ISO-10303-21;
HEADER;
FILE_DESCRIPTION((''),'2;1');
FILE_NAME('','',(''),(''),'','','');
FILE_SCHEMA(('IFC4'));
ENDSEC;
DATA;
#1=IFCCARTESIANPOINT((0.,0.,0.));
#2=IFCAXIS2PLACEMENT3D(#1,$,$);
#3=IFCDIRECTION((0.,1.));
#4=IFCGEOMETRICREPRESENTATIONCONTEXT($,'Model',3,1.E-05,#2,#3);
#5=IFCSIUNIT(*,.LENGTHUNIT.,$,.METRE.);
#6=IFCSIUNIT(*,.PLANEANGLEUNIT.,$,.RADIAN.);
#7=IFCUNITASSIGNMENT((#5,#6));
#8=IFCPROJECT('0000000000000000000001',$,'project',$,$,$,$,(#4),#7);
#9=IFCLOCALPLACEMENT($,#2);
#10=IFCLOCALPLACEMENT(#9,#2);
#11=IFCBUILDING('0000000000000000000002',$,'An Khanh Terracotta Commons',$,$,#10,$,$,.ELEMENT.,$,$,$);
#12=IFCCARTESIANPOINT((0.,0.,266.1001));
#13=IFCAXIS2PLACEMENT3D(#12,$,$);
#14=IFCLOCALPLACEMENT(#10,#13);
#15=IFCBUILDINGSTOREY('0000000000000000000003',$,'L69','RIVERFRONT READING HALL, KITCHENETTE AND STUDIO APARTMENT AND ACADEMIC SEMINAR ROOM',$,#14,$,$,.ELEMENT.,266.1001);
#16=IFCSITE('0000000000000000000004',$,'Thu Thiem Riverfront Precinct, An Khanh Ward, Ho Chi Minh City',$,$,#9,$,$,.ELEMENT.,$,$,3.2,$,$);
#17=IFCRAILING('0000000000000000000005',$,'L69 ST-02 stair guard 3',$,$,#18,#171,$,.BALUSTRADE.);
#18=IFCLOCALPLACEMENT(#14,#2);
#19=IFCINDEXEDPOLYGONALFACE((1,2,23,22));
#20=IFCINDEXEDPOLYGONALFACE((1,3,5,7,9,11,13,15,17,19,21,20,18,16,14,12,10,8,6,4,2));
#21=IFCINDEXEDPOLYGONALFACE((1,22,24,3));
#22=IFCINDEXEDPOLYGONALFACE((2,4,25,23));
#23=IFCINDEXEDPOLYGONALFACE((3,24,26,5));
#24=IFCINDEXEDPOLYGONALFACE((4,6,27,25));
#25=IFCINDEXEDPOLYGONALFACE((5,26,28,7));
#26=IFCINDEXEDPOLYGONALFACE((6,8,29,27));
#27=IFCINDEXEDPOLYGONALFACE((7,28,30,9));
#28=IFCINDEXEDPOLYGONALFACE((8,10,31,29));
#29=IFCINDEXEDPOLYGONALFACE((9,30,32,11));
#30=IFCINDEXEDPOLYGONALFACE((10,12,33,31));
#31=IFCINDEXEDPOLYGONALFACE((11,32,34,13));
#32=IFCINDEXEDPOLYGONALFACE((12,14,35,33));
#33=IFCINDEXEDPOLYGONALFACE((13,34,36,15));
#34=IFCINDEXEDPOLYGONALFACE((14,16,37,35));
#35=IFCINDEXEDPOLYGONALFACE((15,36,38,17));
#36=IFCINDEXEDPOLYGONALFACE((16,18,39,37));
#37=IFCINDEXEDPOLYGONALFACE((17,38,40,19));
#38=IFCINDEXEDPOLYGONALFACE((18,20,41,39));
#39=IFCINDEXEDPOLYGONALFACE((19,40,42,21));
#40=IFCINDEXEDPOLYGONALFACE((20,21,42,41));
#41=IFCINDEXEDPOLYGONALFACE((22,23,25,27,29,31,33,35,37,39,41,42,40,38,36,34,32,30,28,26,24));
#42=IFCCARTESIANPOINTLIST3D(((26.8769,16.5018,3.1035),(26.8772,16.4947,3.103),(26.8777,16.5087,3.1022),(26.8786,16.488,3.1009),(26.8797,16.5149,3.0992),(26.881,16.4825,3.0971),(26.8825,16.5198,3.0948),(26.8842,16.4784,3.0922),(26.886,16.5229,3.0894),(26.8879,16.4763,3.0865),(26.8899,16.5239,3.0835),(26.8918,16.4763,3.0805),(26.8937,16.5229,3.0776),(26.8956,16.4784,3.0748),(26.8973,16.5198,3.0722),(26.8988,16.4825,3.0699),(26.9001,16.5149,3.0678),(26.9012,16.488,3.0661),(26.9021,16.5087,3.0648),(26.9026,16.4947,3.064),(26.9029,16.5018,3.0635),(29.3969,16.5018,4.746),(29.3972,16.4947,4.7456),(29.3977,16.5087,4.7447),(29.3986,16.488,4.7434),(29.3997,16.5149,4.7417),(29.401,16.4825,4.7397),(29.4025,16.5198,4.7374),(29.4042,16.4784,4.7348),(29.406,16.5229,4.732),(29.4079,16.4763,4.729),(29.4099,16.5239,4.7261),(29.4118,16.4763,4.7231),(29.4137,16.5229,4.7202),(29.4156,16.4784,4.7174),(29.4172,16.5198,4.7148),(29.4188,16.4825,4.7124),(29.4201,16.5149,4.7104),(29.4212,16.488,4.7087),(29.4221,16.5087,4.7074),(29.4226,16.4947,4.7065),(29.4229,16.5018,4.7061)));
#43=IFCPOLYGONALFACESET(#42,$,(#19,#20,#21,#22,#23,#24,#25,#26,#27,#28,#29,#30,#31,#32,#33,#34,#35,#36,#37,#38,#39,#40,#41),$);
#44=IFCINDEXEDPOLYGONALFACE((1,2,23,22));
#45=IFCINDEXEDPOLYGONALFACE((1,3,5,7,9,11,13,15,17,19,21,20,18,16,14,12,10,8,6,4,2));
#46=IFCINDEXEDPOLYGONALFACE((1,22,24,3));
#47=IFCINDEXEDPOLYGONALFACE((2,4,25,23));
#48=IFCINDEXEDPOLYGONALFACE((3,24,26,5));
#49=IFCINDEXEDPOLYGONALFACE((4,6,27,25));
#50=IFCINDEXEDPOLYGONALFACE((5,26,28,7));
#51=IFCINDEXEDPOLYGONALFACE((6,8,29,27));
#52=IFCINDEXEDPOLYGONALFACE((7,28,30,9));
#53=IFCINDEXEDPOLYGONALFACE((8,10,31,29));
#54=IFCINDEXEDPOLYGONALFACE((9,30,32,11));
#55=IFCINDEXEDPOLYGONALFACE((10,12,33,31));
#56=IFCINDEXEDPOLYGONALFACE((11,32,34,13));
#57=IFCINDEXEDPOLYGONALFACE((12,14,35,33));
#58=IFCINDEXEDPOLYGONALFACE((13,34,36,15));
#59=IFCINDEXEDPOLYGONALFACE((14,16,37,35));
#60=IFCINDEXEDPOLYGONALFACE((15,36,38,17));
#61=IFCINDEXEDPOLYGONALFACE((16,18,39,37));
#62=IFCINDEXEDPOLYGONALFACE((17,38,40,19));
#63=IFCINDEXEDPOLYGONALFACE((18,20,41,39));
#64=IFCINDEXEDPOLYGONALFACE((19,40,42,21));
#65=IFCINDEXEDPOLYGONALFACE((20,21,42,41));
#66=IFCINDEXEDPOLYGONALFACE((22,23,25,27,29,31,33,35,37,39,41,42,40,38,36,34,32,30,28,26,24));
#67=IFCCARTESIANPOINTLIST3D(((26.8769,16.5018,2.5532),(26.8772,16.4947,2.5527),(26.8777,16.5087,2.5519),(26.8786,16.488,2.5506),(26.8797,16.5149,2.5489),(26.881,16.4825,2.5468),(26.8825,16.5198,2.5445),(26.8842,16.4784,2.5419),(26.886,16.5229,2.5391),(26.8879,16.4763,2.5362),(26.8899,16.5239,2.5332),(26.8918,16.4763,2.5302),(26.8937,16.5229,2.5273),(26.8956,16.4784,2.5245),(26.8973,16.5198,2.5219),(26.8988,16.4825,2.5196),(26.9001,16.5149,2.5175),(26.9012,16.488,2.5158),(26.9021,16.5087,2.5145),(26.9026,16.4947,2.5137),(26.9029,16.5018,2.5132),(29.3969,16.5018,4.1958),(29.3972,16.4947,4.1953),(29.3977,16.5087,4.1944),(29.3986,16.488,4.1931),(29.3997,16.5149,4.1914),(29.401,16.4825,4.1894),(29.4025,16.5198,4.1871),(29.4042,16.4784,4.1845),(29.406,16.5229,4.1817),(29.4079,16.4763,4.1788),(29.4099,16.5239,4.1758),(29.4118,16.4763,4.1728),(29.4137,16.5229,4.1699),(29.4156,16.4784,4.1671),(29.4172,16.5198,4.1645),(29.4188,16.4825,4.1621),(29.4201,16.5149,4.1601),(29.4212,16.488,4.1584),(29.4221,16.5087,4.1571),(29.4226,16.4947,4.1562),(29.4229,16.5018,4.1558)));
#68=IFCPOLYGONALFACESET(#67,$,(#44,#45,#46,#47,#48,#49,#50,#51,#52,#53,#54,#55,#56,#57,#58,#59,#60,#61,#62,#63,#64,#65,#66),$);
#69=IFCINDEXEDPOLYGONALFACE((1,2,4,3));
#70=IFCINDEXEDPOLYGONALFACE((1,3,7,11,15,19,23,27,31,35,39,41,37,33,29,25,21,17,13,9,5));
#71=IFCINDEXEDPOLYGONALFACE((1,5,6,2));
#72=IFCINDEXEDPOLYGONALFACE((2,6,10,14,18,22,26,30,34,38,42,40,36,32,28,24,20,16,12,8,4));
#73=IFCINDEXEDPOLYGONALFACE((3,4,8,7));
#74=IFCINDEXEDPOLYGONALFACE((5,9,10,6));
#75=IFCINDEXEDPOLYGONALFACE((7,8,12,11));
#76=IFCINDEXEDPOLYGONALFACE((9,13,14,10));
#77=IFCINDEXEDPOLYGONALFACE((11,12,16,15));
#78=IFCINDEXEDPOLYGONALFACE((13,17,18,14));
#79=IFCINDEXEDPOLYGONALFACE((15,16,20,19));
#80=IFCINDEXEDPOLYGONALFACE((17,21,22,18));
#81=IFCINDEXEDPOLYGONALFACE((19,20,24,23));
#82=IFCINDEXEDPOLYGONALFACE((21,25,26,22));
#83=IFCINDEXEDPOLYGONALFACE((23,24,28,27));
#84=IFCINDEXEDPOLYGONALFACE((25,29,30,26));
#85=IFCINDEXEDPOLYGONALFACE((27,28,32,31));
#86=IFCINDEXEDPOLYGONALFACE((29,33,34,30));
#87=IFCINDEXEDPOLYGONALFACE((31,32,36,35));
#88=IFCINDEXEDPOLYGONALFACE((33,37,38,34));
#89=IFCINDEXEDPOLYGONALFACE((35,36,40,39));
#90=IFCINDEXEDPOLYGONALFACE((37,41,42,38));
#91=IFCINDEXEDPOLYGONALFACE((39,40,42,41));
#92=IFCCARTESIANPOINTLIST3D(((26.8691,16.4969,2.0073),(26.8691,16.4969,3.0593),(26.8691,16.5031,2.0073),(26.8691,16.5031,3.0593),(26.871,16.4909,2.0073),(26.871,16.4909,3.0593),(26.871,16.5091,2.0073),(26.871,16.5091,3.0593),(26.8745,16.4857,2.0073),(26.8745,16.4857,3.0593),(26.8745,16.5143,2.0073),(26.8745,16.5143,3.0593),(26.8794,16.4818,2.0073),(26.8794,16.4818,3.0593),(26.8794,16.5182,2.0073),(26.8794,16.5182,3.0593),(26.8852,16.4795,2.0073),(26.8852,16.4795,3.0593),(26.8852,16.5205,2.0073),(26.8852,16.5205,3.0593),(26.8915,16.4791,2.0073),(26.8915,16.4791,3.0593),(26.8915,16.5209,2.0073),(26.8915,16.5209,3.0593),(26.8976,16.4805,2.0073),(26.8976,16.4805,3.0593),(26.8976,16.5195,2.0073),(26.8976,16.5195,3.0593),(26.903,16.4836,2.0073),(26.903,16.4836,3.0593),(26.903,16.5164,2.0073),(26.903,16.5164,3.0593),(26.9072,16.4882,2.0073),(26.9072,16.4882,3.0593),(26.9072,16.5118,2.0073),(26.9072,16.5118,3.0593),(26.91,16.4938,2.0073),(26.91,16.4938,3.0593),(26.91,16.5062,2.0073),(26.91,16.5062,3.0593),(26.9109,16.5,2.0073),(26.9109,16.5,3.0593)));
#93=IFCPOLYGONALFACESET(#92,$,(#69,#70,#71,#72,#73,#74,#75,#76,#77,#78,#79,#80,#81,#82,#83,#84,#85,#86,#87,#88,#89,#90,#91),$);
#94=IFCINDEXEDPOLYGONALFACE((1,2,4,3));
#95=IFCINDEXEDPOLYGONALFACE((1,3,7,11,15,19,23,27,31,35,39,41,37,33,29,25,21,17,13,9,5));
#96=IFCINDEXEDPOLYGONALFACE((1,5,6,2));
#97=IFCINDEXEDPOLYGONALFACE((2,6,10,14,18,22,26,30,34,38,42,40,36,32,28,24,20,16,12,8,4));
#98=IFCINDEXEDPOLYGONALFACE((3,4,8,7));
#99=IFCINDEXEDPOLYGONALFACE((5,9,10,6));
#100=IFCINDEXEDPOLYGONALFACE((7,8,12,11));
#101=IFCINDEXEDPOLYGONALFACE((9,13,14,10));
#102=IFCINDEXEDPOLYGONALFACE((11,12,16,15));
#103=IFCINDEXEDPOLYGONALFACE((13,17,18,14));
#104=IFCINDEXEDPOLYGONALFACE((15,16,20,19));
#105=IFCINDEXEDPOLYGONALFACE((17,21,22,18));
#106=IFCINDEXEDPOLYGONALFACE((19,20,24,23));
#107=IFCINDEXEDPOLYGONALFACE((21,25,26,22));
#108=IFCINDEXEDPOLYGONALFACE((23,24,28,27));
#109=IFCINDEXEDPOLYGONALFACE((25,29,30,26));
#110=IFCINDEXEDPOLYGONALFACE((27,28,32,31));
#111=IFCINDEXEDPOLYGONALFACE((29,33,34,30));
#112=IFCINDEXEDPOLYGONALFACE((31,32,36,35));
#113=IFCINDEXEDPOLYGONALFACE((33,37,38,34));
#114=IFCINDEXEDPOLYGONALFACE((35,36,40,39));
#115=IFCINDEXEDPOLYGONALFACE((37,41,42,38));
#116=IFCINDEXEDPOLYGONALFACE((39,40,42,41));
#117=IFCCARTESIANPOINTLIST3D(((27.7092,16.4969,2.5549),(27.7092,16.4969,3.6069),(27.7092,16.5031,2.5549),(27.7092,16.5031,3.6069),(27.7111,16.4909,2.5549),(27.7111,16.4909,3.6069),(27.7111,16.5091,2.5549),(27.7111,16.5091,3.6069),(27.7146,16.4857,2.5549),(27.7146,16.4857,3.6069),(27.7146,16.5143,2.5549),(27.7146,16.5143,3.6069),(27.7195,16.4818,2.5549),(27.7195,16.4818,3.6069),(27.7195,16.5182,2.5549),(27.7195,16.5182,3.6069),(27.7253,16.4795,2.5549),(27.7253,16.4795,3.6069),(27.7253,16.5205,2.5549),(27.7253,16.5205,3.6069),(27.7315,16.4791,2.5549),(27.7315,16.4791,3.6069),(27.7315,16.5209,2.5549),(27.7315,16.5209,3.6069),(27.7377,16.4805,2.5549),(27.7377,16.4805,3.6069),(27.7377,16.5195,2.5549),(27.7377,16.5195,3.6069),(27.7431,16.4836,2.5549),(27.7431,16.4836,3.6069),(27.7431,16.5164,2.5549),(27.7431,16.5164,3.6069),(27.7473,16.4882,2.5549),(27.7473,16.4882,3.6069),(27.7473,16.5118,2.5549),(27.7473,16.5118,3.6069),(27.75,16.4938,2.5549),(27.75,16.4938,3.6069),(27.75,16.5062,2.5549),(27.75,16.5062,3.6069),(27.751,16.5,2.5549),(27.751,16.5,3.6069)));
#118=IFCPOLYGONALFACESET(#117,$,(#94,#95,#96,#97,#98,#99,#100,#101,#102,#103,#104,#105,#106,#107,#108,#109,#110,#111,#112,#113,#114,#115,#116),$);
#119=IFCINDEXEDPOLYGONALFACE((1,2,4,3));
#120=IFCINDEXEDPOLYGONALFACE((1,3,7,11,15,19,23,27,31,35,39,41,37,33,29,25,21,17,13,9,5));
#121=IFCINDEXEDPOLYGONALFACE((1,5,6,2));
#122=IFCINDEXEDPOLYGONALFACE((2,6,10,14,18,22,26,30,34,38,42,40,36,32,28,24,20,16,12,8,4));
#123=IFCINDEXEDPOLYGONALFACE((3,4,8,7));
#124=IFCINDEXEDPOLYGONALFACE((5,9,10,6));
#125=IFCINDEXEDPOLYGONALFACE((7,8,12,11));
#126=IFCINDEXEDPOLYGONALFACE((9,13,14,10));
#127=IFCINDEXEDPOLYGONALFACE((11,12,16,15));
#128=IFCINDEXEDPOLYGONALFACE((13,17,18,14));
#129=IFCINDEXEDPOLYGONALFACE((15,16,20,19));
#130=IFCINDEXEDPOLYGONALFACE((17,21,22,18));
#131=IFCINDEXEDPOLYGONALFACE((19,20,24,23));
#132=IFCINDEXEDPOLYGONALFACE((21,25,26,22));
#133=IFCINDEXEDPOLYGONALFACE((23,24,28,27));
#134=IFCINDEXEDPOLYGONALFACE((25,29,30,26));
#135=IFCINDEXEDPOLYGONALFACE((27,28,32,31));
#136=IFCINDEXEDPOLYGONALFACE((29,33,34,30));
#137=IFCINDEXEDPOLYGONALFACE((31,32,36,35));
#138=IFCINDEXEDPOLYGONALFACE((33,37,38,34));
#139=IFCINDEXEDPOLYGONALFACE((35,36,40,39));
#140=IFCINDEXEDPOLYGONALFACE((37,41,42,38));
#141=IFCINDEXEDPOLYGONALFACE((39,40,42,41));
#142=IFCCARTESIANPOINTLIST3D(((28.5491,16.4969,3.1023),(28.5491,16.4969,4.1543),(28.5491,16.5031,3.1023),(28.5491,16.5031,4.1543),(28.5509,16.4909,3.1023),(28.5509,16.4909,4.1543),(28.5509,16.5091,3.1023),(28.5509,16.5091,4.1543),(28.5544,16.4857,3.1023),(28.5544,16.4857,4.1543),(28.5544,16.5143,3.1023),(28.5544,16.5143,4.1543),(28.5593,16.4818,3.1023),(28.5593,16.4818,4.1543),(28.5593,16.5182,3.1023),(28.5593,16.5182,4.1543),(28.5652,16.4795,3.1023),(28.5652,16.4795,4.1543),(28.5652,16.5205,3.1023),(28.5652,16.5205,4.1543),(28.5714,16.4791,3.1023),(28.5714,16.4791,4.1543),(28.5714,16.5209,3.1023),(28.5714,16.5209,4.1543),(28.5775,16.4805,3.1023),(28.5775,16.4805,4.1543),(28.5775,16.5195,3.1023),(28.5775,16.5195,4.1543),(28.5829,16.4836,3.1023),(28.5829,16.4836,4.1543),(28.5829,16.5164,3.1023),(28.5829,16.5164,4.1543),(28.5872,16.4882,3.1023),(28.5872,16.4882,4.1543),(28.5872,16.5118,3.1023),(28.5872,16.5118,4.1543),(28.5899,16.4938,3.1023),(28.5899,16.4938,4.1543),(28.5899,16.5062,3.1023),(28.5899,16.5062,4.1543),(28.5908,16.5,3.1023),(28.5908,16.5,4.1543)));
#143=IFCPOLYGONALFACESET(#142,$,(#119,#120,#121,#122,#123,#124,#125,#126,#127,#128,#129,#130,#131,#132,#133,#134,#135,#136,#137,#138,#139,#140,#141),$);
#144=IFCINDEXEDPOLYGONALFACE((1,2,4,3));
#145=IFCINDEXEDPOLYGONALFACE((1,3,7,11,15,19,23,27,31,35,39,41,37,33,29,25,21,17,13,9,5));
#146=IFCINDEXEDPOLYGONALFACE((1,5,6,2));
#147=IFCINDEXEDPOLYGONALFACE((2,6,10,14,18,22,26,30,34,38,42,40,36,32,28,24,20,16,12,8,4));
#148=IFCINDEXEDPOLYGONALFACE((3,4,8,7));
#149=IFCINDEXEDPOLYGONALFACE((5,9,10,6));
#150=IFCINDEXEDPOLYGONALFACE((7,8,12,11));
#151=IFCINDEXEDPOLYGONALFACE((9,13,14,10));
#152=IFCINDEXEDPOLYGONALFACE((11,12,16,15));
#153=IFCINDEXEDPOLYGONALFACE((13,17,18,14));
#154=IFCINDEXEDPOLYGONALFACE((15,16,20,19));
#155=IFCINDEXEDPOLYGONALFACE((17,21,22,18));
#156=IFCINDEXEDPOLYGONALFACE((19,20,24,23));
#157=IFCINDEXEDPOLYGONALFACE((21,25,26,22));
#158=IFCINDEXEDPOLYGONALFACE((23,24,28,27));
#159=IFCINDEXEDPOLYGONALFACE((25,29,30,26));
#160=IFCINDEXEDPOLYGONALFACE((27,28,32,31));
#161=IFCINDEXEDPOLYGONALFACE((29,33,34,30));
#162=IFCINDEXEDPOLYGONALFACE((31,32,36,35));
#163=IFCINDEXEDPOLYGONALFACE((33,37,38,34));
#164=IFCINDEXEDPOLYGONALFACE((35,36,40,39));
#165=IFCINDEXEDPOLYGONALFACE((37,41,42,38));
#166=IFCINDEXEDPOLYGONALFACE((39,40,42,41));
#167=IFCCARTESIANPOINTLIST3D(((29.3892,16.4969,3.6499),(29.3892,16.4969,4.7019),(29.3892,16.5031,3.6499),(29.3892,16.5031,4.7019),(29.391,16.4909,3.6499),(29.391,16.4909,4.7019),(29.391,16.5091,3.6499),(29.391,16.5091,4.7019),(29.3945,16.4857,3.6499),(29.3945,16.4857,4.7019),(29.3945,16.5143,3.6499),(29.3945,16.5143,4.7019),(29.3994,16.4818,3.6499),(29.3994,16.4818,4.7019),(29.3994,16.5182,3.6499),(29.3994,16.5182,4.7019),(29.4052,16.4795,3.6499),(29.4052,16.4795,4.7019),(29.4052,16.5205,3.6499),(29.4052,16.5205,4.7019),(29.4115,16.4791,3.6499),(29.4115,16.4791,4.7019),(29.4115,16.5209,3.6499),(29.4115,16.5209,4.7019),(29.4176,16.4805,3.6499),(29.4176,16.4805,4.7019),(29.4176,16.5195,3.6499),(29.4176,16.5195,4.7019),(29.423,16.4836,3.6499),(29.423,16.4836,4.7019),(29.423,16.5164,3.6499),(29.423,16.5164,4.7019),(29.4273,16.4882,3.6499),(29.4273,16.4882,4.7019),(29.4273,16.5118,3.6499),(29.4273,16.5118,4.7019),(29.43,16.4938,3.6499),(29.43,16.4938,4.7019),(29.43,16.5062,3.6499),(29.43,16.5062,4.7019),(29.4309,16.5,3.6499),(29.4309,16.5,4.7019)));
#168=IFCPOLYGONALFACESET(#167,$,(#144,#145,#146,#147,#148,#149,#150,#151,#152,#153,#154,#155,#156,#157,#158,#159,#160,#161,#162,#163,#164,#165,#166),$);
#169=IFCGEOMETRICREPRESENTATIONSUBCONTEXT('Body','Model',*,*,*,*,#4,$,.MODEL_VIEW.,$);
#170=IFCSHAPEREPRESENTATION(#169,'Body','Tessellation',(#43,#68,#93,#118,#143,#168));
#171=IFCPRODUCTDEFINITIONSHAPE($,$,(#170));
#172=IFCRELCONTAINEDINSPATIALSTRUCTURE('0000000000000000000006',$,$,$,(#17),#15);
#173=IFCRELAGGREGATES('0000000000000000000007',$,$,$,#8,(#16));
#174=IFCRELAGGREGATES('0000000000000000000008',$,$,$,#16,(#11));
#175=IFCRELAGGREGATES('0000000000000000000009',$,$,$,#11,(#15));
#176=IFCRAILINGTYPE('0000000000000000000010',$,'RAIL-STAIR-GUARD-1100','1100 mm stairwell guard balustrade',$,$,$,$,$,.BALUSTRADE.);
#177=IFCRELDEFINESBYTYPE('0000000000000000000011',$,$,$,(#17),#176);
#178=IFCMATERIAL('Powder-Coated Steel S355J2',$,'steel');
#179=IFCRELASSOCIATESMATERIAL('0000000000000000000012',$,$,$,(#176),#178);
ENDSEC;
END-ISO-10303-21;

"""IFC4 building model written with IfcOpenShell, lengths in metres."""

from ifc_helpers import new_model, si_unit, direction, frame, origin, origin_2d, place, context, subcontext, project, spatial, circle, extrude, material, type_object, element, save


model = new_model("IFC4")

# Units and contexts
model_context = context("Model", 3, precision=1e-05, world=origin(), true_north=direction((0.0, 1.0)))
body_context = subcontext(model_context, "Body", "Model", "MODEL_VIEW")
ifc_project = project(units=[si_unit("LENGTHUNIT", "METRE"), si_unit("PLANEANGLEUNIT", "RADIAN")], contexts=[model_context])

# Site, building, storey
site_placement = place(None, origin())
site = spatial("IfcSite", under=ifc_project, at=site_placement, Name="Thu Thiem Riverfront Precinct, An Khanh Ward, Ho Chi Minh City", CompositionType="ELEMENT", RefElevation=3.2)
building_placement = place(site_placement, origin())
building = spatial("IfcBuilding", under=site, at=building_placement, Name="An Khanh Terracotta Commons", CompositionType="ELEMENT")
storey_placement = place(building_placement, frame((0.0, 0.0, 266.1001)))
storey = spatial("IfcBuildingStorey", under=building, at=storey_placement, Name="L69", Description="RIVERFRONT READING HALL, KITCHENETTE AND STUDIO APARTMENT AND ACADEMIC SEMINAR ROOM", CompositionType="ELEMENT", Elevation=266.1001)

# Railing
ifc_material_1 = material(Name="Powder-Coated Steel S355J2", Category="steel")
railing_type_1 = type_object("IfcRailingType", Name="RAIL-STAIR-GUARD-1100", Description="1100 mm stairwell guard balustrade", PredefinedType="BALUSTRADE", material=ifc_material_1)
railing_1_placement = place(storey_placement, frame((26.8899, 16.5, 2.0073)))
element("IfcRailing", 1, at=railing_1_placement, inside=storey, type_object=railing_type_1, Name="L69 ST-02 stair guard 3", PredefinedType="BALUSTRADE", context=body_context, shape_type="SweptSolid", body=[
    extrude(circle(Radius=0.0239, at=origin_2d()), frame((0.0, 0.0, 1.0762), z_axis=(0.837749, 0.0, 0.546055), x_axis=(0.0, 1.0, 0.0)), (0.0, 0.0, 1.0), 3.0081),
    extrude(circle(Radius=0.0239, at=origin_2d()), frame((0.0, 0.0, 0.5259), z_axis=(0.837749, 0.0, 0.546055), x_axis=(0.0, 1.0, 0.0)), (0.0, 0.0, 1.0), 3.0081),
    extrude(circle(Radius=0.021, at=origin_2d()), origin(), (0.0, 0.0, 1.0), 1.052),
    extrude(circle(Radius=0.021, at=origin_2d()), frame((0.8401, 0.0, 0.5476)), (0.0, 0.0, 1.0), 1.052),
    extrude(circle(Radius=0.021, at=origin_2d()), frame((1.6799, 0.0, 1.095)), (0.0, 0.0, 1.0), 1.052),
    extrude(circle(Radius=0.021, at=origin_2d()), frame((2.52, 0.0, 1.6426)), (0.0, 0.0, 1.0), 1.052),
])

save(model, "model.ifc")
